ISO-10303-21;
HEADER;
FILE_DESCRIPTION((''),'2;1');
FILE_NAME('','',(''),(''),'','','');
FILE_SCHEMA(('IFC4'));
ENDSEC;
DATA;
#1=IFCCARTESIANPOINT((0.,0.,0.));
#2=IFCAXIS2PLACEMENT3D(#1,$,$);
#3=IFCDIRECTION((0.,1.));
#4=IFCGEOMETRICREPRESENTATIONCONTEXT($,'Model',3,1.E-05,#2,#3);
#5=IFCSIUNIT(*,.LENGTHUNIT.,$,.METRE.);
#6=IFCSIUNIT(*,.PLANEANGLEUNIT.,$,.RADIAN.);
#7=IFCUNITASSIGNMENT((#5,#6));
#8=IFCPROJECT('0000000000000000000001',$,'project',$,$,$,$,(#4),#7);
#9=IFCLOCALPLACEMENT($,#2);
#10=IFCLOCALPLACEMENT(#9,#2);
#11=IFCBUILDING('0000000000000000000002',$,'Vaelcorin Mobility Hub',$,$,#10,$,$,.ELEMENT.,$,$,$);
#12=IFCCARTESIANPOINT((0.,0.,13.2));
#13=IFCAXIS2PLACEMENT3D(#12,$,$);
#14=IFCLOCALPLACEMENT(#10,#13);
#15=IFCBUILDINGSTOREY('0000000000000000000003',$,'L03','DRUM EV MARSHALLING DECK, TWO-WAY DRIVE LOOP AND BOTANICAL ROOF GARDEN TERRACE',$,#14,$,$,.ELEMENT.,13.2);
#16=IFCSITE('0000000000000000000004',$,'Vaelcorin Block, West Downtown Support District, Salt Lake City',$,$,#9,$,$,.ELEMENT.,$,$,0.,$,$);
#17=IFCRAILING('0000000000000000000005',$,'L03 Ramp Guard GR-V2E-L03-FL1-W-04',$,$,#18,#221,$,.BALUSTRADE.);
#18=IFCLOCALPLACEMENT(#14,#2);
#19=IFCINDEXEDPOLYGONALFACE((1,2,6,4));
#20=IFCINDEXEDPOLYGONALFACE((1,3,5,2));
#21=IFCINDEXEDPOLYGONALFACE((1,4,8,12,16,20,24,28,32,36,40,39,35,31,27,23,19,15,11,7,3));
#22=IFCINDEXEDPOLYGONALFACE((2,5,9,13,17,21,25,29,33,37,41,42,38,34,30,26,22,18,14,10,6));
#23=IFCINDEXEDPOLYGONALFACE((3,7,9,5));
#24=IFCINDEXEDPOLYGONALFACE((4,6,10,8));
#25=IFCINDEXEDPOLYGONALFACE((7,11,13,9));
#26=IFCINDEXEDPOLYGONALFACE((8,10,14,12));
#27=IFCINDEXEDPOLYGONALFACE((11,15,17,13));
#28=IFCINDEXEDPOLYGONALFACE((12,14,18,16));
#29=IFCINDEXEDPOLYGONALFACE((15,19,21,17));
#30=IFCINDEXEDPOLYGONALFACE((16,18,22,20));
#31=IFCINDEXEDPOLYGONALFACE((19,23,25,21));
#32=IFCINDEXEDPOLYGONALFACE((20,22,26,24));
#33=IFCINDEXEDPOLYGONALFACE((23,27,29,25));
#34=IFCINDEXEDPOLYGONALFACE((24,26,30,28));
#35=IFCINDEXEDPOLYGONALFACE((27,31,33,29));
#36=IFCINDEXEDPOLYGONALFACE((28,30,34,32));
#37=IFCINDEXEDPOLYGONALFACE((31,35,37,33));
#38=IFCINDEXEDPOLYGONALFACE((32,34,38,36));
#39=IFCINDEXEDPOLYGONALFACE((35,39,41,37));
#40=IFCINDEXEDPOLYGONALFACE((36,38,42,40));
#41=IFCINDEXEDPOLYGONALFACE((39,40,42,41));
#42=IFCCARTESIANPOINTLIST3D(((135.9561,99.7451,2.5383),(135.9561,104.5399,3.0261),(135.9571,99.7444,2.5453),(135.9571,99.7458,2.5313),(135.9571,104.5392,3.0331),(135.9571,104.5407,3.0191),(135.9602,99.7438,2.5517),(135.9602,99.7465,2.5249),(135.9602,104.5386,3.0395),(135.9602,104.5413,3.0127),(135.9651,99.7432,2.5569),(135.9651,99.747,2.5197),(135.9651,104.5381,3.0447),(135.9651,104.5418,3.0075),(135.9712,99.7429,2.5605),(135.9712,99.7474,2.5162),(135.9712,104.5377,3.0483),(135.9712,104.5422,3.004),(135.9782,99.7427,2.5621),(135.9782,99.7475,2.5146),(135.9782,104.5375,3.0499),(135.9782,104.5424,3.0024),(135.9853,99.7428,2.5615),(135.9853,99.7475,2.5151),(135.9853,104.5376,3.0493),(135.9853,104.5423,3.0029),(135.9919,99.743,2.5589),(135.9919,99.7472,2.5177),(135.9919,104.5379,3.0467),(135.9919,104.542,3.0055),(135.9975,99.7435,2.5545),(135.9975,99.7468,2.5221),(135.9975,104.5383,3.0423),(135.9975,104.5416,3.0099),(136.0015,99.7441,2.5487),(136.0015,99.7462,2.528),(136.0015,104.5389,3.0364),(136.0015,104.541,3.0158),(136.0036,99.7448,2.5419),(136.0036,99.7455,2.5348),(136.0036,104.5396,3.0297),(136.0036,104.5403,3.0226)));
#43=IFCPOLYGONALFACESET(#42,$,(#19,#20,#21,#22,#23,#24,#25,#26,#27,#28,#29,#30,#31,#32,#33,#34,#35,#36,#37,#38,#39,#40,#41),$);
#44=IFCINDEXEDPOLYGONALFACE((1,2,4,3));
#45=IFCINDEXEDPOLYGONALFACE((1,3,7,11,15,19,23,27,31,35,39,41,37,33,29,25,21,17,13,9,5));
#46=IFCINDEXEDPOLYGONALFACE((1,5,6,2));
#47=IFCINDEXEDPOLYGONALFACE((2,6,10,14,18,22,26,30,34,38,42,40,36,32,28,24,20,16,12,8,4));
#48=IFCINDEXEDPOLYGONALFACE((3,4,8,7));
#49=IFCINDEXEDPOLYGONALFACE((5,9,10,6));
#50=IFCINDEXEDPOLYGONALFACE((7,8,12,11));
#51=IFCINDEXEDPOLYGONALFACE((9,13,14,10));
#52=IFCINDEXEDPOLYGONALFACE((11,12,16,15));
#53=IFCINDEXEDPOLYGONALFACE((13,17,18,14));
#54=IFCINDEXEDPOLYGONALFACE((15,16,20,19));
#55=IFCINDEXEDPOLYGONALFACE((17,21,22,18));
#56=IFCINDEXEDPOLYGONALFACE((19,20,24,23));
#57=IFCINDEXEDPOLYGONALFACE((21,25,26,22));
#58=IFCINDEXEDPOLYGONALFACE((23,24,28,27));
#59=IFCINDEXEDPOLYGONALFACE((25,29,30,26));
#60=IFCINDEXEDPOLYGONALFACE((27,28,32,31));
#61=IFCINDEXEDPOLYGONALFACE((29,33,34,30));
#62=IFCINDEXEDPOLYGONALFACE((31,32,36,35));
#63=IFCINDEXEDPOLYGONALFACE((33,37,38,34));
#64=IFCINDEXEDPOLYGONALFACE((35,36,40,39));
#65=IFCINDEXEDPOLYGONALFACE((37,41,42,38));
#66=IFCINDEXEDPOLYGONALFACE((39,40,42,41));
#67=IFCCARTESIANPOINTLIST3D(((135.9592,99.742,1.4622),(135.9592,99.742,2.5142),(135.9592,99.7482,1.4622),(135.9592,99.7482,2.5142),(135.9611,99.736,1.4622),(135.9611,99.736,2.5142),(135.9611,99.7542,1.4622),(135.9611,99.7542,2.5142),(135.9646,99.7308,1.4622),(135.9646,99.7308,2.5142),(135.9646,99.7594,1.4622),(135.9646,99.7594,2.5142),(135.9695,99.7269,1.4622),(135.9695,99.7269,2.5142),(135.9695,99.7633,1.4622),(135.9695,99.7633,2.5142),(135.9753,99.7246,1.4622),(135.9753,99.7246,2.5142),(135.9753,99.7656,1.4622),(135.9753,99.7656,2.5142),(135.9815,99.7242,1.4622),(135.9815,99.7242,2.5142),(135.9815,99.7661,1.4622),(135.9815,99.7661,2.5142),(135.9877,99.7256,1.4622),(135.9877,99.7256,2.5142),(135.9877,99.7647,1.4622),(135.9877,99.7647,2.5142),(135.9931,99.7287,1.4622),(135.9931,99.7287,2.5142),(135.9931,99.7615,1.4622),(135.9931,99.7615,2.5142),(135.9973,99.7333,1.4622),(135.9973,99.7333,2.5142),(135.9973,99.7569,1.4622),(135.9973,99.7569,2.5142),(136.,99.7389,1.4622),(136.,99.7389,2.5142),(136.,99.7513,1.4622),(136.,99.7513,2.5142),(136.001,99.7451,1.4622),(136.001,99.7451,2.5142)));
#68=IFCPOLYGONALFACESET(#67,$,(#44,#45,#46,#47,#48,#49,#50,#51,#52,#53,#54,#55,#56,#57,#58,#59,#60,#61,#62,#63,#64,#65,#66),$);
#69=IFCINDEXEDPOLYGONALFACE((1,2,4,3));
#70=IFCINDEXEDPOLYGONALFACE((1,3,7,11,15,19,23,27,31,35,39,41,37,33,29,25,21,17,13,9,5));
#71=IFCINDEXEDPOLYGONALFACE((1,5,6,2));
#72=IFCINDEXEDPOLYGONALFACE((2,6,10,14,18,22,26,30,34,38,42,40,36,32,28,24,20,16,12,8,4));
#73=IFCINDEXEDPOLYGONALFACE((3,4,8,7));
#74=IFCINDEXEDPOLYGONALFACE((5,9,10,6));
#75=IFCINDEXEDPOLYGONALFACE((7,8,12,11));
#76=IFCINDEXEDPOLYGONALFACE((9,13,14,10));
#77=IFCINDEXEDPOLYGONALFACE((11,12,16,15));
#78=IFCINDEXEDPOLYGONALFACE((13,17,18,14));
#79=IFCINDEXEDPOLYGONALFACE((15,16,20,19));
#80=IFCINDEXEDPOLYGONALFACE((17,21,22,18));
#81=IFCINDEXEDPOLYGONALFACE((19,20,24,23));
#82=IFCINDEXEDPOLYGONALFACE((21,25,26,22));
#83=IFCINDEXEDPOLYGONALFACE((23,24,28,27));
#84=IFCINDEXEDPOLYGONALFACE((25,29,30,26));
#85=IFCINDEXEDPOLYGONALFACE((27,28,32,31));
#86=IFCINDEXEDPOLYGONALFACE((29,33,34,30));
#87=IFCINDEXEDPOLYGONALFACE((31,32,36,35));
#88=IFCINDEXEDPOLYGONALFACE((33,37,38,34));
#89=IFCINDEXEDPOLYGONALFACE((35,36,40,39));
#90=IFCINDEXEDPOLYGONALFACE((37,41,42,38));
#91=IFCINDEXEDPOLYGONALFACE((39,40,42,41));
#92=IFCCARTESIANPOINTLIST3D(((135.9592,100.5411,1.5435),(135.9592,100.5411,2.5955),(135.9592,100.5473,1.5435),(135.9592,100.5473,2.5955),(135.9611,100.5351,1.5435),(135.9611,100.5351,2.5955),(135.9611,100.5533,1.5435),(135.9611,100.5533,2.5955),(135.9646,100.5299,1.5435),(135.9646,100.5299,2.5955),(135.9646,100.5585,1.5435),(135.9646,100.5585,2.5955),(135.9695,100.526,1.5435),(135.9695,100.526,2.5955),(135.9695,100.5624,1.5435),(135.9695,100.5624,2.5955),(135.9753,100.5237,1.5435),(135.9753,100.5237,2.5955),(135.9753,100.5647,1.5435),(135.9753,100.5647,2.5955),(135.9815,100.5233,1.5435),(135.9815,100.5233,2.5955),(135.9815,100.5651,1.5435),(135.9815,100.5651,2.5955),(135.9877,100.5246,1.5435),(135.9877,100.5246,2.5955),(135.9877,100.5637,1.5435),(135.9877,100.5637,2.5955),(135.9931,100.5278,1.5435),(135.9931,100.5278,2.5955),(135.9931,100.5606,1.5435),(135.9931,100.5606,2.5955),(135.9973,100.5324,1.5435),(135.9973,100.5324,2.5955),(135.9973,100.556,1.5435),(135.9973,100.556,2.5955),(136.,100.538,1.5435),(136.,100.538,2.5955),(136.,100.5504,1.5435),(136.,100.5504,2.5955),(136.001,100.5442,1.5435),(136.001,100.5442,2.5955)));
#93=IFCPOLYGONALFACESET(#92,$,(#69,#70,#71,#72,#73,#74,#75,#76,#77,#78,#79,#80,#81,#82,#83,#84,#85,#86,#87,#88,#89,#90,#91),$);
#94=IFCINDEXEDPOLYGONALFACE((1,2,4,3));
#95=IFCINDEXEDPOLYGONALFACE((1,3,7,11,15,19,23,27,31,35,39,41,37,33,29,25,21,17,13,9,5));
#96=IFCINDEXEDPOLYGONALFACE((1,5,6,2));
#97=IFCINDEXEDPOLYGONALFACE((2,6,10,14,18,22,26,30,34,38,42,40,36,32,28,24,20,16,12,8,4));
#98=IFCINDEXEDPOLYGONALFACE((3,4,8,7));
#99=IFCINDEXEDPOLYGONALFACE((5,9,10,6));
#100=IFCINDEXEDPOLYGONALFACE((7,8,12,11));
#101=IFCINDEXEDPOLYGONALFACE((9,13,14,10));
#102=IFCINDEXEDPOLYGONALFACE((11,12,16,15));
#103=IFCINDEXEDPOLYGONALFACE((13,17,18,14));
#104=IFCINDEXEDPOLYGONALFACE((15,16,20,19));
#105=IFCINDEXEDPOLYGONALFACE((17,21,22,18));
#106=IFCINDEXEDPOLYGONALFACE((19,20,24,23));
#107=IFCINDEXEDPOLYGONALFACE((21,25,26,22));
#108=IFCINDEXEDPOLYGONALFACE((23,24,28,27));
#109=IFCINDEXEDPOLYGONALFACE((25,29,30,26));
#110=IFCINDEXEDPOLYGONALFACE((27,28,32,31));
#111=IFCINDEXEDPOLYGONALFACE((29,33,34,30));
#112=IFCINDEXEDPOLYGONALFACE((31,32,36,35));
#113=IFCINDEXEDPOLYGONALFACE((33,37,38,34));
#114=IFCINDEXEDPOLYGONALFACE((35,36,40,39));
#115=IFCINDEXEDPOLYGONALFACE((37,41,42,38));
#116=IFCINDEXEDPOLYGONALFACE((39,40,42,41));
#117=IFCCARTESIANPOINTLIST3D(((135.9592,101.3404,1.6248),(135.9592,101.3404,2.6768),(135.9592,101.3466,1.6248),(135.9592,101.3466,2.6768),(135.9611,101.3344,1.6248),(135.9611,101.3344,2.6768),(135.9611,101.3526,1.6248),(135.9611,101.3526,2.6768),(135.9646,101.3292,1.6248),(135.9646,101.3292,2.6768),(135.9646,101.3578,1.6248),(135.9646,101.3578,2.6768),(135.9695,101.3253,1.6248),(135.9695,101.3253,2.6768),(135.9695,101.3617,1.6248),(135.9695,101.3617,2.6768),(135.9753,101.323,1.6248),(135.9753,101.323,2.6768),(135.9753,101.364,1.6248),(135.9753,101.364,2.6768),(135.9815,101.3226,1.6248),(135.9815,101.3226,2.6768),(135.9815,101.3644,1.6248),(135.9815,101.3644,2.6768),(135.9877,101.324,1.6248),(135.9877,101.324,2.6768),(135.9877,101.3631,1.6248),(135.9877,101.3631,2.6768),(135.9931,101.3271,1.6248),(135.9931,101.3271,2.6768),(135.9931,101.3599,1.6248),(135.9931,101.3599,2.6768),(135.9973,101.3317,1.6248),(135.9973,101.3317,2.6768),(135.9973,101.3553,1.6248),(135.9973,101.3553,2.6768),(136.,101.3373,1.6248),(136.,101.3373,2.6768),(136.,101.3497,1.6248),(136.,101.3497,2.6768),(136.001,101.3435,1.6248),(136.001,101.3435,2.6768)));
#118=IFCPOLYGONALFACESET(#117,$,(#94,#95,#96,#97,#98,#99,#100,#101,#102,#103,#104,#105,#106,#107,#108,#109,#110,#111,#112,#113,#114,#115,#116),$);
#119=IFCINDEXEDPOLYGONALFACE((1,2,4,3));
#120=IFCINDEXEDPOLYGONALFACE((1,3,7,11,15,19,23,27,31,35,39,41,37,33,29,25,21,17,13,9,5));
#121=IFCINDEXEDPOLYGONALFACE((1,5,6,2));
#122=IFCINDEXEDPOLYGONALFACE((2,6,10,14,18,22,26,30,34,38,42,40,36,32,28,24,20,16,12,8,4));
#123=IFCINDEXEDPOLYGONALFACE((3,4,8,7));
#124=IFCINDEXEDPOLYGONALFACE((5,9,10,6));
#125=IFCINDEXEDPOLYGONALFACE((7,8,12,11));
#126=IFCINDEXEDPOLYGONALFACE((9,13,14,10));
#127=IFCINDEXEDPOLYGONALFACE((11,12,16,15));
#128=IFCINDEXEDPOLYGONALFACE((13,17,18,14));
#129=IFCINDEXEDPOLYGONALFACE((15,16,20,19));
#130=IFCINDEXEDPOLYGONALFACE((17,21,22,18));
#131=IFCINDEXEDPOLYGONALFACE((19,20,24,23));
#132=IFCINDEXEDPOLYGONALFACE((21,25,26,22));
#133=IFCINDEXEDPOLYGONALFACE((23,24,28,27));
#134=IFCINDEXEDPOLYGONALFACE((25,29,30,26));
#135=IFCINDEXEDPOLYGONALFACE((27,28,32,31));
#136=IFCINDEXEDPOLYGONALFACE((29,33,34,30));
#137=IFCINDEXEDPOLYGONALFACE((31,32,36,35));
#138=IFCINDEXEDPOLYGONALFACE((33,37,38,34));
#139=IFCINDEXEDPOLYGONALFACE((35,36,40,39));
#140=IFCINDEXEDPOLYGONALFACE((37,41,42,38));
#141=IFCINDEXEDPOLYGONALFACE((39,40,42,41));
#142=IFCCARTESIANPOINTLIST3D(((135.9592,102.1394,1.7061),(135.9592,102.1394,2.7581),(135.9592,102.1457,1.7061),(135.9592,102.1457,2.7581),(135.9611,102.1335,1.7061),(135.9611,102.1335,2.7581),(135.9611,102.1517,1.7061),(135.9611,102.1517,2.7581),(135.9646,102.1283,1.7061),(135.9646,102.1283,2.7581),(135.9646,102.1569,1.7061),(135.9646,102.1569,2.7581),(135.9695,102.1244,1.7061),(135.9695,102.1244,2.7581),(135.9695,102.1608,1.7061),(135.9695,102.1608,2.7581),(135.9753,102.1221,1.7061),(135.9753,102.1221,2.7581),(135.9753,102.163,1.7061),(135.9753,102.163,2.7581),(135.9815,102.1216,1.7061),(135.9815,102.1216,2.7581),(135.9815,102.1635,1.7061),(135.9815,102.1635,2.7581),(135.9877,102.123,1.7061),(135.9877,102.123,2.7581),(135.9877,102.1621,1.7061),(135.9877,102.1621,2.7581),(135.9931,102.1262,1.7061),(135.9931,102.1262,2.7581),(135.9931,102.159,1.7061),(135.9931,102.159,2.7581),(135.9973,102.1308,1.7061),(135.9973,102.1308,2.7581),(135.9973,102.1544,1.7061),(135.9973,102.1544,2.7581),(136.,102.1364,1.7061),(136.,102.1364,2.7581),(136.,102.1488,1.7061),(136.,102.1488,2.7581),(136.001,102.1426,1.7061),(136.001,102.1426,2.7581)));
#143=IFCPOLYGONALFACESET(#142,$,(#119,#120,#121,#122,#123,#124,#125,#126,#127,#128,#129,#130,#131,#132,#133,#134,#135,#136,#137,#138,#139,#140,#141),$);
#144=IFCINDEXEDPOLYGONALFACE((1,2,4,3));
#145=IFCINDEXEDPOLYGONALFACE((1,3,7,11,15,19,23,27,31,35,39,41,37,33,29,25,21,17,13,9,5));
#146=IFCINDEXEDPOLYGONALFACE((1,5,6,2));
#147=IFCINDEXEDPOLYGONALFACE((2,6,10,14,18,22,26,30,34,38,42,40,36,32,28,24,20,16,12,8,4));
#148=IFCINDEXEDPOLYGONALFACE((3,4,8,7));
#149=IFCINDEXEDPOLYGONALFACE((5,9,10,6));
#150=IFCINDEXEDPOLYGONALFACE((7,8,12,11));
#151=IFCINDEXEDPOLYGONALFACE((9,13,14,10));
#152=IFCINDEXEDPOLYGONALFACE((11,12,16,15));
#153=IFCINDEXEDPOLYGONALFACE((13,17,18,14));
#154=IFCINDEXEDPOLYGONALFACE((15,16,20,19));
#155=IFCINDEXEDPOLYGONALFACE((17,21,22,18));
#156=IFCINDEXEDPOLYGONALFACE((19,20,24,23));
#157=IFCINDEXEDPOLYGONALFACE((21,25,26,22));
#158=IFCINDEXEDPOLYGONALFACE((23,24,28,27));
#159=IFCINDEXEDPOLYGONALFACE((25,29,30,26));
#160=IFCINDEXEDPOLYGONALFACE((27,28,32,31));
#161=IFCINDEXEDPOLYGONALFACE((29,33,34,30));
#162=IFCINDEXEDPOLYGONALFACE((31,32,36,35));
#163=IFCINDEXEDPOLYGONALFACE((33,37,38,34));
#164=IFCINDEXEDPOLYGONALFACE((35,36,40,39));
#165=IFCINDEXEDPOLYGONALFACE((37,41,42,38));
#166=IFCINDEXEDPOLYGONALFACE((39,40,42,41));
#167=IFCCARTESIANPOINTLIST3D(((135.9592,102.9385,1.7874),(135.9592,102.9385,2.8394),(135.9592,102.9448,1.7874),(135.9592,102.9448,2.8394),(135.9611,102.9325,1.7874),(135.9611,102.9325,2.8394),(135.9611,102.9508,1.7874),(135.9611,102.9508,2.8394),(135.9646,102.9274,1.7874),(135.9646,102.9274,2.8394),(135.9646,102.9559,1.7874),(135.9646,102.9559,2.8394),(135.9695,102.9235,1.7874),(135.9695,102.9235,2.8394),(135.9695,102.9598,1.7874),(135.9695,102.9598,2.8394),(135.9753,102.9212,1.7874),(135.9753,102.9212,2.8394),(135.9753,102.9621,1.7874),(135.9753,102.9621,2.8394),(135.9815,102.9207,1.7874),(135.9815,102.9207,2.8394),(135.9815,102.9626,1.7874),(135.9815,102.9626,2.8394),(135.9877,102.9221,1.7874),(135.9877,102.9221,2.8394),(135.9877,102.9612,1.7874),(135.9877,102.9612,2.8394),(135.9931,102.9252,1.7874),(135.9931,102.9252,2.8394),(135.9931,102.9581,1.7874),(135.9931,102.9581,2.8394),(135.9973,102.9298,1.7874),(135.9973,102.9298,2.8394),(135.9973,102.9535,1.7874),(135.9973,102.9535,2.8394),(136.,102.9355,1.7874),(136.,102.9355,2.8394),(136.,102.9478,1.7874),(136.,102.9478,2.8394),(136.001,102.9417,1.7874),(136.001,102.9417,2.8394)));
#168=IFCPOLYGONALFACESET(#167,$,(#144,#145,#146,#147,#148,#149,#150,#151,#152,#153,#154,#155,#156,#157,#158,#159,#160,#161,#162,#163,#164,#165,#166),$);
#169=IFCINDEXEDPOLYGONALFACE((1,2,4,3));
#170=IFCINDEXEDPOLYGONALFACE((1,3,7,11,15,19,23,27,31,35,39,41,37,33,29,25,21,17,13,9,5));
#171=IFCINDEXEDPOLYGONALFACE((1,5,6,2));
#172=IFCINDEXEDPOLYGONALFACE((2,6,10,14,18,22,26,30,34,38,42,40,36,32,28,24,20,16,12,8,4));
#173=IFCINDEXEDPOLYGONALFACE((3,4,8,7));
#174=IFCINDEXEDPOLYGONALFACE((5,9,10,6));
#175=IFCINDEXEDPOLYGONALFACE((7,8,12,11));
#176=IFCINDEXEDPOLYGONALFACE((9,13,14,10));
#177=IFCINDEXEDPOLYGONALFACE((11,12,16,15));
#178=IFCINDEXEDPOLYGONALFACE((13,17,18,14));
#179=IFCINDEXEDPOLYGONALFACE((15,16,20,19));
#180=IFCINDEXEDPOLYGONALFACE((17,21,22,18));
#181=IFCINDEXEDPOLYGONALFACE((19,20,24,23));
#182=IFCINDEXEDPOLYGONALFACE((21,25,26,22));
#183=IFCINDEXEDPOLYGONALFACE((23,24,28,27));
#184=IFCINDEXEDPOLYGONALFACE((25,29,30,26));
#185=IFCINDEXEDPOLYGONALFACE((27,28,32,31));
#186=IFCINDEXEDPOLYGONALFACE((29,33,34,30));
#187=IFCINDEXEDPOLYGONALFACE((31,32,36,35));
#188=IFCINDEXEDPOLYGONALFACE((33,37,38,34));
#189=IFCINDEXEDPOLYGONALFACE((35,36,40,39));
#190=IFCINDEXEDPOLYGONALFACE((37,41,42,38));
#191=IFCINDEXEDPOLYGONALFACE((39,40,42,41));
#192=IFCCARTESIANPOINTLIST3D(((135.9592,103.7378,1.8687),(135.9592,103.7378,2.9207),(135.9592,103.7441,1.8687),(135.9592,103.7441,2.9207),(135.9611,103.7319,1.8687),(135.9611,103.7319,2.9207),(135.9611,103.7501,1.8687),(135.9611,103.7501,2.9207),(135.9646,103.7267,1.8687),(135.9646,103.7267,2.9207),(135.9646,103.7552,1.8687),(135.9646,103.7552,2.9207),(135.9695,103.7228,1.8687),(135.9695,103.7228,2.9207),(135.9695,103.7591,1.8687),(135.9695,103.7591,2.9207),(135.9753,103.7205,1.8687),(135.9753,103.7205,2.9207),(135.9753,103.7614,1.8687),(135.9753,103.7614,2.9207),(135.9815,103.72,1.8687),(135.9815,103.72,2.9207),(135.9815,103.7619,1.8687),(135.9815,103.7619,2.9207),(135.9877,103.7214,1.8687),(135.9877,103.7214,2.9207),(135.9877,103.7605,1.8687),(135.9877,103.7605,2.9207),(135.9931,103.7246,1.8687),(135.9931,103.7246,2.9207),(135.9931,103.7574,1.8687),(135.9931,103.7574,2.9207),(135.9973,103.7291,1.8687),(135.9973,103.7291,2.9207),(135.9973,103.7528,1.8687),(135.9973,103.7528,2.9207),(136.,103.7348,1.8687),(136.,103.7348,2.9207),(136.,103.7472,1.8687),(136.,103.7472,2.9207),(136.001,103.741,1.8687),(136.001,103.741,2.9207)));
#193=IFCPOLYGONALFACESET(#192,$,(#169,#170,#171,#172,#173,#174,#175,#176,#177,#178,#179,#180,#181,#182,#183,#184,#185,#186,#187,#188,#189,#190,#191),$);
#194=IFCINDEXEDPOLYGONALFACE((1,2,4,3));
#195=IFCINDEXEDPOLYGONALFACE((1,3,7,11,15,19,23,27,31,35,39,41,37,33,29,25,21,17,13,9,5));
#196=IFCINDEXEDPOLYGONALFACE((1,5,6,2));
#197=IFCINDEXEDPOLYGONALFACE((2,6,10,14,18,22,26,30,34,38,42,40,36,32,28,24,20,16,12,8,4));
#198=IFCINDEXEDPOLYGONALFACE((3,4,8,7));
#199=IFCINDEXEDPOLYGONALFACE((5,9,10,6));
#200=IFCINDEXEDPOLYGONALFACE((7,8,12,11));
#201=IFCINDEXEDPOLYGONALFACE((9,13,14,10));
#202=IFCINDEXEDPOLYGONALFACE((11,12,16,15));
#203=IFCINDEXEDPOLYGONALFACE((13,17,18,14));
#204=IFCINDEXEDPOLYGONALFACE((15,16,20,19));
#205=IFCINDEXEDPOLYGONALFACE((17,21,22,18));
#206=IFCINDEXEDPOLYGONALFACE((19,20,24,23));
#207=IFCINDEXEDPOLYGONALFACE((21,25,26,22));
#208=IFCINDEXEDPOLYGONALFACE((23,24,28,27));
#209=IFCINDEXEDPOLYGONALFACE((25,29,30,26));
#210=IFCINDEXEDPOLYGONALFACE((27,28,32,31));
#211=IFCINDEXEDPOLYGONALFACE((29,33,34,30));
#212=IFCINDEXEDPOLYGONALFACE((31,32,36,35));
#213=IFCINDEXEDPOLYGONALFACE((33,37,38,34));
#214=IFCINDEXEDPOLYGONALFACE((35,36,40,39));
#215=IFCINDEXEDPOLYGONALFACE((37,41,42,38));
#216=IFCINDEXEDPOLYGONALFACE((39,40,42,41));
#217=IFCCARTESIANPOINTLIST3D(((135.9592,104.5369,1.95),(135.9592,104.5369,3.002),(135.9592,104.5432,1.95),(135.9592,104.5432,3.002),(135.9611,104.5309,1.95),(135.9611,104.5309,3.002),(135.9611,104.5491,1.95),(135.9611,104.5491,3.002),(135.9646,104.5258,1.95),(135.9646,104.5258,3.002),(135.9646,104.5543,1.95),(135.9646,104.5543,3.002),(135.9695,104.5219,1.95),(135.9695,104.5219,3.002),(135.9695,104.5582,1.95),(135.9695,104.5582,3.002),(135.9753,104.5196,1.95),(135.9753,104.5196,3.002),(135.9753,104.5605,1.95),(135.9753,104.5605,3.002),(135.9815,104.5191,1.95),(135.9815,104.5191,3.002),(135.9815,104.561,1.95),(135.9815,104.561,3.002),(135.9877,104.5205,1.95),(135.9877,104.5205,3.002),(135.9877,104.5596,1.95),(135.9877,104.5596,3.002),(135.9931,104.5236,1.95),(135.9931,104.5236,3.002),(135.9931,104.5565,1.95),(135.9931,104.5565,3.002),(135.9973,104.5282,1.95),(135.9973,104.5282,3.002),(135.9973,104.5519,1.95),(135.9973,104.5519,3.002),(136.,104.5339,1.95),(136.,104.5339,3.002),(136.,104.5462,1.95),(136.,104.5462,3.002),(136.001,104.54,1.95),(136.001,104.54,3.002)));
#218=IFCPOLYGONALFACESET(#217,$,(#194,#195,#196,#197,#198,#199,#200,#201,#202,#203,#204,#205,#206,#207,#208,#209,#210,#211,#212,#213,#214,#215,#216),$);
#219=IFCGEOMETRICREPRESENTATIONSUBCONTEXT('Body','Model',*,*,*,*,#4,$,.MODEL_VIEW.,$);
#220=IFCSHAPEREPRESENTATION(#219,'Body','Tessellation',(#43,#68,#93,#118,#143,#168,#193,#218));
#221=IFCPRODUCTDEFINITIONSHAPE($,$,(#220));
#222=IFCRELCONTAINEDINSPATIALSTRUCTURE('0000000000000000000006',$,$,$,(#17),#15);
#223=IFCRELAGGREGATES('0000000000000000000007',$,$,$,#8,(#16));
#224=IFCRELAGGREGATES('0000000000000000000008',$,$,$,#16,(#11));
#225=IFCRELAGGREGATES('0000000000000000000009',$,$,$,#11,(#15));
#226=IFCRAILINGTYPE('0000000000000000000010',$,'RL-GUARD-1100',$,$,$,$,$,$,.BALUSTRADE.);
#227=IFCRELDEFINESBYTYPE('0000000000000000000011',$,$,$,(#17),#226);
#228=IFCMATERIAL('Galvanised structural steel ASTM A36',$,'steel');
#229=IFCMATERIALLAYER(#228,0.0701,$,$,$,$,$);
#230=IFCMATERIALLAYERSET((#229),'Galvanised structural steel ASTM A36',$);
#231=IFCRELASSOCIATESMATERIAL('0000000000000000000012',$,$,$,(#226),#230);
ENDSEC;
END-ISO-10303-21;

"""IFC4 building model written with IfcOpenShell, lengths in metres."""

from ifc_helpers import new_model, si_unit, direction, frame, origin, origin_2d, place, context, subcontext, project, spatial, circle, extrude, material, layer, layer_set, type_object, element, save


model = new_model("IFC4")

# Units and contexts
model_context = context("Model", 3, precision=1e-05, world=origin(), true_north=direction((0.0, 1.0)))
body_context = subcontext(model_context, "Body", "Model", "MODEL_VIEW")
ifc_project = project(units=[si_unit("LENGTHUNIT", "METRE"), si_unit("PLANEANGLEUNIT", "RADIAN")], contexts=[model_context])

# Site, building, storey
site_placement = place(None, origin())
site = spatial("IfcSite", under=ifc_project, at=site_placement, Name="Vaelcorin Block, West Downtown Support District, Salt Lake City", CompositionType="ELEMENT", RefElevation=0.0)
building_placement = place(site_placement, origin())
building = spatial("IfcBuilding", under=site, at=building_placement, Name="Vaelcorin Mobility Hub", CompositionType="ELEMENT")
storey_placement = place(building_placement, frame((0.0, 0.0, 13.2)))
storey = spatial("IfcBuildingStorey", under=building, at=storey_placement, Name="L03", Description="DRUM EV MARSHALLING DECK, TWO-WAY DRIVE LOOP AND BOTANICAL ROOF GARDEN TERRACE", CompositionType="ELEMENT", Elevation=13.2)

# Railing
ifc_material_1 = material(Name="Galvanised structural steel ASTM A36", Category="steel")
ifc_layer = layer(ifc_material_1, 0.0701)
ifc_layer_set = layer_set([ifc_layer], Name="Galvanised structural steel ASTM A36")
railing_type = type_object("IfcRailingType", Name="RL-GUARD-1100", PredefinedType="BALUSTRADE", material=ifc_layer_set)
railing_1_placement = place(storey_placement, frame((135.98, 99.7451, 1.4622)))
element("IfcRailing", 1, at=railing_1_placement, inside=storey, type_object=railing_type, Name="L03 Ramp Guard GR-V2E-L03-FL1-W-04", PredefinedType="BALUSTRADE", context=body_context, shape_type="SweptSolid", body=[
    extrude(circle(Radius=0.0239, at=origin_2d()), frame((0.0, 0.0, 1.0762), z_axis=(0.0, 0.994865, 0.101209), x_axis=(-1.0, 0.0, 0.0)), (0.0, 0.0, 1.0), 4.8196),
    extrude(circle(Radius=0.021, at=origin_2d()), origin(), (0.0, 0.0, 1.0), 1.052),
    extrude(circle(Radius=0.021, at=origin_2d()), frame((0.0, 0.7991, 0.0813)), (0.0, 0.0, 1.0), 1.052),
    extrude(circle(Radius=0.021, at=origin_2d()), frame((0.0, 1.5984, 0.1626)), (0.0, 0.0, 1.0), 1.052),
    extrude(circle(Radius=0.021, at=origin_2d()), frame((0.0, 2.3975, 0.2439)), (0.0, 0.0, 1.0), 1.052),
    extrude(circle(Radius=0.021, at=origin_2d()), frame((0.0, 3.1965, 0.3252)), (0.0, 0.0, 1.0), 1.052),
    extrude(circle(Radius=0.021, at=origin_2d()), frame((0.0, 3.9958, 0.4065)), (0.0, 0.0, 1.0), 1.052),
    extrude(circle(Radius=0.021, at=origin_2d()), frame((0.0, 4.7949, 0.4878)), (0.0, 0.0, 1.0), 1.052),
])

save(model, "model.ifc")
